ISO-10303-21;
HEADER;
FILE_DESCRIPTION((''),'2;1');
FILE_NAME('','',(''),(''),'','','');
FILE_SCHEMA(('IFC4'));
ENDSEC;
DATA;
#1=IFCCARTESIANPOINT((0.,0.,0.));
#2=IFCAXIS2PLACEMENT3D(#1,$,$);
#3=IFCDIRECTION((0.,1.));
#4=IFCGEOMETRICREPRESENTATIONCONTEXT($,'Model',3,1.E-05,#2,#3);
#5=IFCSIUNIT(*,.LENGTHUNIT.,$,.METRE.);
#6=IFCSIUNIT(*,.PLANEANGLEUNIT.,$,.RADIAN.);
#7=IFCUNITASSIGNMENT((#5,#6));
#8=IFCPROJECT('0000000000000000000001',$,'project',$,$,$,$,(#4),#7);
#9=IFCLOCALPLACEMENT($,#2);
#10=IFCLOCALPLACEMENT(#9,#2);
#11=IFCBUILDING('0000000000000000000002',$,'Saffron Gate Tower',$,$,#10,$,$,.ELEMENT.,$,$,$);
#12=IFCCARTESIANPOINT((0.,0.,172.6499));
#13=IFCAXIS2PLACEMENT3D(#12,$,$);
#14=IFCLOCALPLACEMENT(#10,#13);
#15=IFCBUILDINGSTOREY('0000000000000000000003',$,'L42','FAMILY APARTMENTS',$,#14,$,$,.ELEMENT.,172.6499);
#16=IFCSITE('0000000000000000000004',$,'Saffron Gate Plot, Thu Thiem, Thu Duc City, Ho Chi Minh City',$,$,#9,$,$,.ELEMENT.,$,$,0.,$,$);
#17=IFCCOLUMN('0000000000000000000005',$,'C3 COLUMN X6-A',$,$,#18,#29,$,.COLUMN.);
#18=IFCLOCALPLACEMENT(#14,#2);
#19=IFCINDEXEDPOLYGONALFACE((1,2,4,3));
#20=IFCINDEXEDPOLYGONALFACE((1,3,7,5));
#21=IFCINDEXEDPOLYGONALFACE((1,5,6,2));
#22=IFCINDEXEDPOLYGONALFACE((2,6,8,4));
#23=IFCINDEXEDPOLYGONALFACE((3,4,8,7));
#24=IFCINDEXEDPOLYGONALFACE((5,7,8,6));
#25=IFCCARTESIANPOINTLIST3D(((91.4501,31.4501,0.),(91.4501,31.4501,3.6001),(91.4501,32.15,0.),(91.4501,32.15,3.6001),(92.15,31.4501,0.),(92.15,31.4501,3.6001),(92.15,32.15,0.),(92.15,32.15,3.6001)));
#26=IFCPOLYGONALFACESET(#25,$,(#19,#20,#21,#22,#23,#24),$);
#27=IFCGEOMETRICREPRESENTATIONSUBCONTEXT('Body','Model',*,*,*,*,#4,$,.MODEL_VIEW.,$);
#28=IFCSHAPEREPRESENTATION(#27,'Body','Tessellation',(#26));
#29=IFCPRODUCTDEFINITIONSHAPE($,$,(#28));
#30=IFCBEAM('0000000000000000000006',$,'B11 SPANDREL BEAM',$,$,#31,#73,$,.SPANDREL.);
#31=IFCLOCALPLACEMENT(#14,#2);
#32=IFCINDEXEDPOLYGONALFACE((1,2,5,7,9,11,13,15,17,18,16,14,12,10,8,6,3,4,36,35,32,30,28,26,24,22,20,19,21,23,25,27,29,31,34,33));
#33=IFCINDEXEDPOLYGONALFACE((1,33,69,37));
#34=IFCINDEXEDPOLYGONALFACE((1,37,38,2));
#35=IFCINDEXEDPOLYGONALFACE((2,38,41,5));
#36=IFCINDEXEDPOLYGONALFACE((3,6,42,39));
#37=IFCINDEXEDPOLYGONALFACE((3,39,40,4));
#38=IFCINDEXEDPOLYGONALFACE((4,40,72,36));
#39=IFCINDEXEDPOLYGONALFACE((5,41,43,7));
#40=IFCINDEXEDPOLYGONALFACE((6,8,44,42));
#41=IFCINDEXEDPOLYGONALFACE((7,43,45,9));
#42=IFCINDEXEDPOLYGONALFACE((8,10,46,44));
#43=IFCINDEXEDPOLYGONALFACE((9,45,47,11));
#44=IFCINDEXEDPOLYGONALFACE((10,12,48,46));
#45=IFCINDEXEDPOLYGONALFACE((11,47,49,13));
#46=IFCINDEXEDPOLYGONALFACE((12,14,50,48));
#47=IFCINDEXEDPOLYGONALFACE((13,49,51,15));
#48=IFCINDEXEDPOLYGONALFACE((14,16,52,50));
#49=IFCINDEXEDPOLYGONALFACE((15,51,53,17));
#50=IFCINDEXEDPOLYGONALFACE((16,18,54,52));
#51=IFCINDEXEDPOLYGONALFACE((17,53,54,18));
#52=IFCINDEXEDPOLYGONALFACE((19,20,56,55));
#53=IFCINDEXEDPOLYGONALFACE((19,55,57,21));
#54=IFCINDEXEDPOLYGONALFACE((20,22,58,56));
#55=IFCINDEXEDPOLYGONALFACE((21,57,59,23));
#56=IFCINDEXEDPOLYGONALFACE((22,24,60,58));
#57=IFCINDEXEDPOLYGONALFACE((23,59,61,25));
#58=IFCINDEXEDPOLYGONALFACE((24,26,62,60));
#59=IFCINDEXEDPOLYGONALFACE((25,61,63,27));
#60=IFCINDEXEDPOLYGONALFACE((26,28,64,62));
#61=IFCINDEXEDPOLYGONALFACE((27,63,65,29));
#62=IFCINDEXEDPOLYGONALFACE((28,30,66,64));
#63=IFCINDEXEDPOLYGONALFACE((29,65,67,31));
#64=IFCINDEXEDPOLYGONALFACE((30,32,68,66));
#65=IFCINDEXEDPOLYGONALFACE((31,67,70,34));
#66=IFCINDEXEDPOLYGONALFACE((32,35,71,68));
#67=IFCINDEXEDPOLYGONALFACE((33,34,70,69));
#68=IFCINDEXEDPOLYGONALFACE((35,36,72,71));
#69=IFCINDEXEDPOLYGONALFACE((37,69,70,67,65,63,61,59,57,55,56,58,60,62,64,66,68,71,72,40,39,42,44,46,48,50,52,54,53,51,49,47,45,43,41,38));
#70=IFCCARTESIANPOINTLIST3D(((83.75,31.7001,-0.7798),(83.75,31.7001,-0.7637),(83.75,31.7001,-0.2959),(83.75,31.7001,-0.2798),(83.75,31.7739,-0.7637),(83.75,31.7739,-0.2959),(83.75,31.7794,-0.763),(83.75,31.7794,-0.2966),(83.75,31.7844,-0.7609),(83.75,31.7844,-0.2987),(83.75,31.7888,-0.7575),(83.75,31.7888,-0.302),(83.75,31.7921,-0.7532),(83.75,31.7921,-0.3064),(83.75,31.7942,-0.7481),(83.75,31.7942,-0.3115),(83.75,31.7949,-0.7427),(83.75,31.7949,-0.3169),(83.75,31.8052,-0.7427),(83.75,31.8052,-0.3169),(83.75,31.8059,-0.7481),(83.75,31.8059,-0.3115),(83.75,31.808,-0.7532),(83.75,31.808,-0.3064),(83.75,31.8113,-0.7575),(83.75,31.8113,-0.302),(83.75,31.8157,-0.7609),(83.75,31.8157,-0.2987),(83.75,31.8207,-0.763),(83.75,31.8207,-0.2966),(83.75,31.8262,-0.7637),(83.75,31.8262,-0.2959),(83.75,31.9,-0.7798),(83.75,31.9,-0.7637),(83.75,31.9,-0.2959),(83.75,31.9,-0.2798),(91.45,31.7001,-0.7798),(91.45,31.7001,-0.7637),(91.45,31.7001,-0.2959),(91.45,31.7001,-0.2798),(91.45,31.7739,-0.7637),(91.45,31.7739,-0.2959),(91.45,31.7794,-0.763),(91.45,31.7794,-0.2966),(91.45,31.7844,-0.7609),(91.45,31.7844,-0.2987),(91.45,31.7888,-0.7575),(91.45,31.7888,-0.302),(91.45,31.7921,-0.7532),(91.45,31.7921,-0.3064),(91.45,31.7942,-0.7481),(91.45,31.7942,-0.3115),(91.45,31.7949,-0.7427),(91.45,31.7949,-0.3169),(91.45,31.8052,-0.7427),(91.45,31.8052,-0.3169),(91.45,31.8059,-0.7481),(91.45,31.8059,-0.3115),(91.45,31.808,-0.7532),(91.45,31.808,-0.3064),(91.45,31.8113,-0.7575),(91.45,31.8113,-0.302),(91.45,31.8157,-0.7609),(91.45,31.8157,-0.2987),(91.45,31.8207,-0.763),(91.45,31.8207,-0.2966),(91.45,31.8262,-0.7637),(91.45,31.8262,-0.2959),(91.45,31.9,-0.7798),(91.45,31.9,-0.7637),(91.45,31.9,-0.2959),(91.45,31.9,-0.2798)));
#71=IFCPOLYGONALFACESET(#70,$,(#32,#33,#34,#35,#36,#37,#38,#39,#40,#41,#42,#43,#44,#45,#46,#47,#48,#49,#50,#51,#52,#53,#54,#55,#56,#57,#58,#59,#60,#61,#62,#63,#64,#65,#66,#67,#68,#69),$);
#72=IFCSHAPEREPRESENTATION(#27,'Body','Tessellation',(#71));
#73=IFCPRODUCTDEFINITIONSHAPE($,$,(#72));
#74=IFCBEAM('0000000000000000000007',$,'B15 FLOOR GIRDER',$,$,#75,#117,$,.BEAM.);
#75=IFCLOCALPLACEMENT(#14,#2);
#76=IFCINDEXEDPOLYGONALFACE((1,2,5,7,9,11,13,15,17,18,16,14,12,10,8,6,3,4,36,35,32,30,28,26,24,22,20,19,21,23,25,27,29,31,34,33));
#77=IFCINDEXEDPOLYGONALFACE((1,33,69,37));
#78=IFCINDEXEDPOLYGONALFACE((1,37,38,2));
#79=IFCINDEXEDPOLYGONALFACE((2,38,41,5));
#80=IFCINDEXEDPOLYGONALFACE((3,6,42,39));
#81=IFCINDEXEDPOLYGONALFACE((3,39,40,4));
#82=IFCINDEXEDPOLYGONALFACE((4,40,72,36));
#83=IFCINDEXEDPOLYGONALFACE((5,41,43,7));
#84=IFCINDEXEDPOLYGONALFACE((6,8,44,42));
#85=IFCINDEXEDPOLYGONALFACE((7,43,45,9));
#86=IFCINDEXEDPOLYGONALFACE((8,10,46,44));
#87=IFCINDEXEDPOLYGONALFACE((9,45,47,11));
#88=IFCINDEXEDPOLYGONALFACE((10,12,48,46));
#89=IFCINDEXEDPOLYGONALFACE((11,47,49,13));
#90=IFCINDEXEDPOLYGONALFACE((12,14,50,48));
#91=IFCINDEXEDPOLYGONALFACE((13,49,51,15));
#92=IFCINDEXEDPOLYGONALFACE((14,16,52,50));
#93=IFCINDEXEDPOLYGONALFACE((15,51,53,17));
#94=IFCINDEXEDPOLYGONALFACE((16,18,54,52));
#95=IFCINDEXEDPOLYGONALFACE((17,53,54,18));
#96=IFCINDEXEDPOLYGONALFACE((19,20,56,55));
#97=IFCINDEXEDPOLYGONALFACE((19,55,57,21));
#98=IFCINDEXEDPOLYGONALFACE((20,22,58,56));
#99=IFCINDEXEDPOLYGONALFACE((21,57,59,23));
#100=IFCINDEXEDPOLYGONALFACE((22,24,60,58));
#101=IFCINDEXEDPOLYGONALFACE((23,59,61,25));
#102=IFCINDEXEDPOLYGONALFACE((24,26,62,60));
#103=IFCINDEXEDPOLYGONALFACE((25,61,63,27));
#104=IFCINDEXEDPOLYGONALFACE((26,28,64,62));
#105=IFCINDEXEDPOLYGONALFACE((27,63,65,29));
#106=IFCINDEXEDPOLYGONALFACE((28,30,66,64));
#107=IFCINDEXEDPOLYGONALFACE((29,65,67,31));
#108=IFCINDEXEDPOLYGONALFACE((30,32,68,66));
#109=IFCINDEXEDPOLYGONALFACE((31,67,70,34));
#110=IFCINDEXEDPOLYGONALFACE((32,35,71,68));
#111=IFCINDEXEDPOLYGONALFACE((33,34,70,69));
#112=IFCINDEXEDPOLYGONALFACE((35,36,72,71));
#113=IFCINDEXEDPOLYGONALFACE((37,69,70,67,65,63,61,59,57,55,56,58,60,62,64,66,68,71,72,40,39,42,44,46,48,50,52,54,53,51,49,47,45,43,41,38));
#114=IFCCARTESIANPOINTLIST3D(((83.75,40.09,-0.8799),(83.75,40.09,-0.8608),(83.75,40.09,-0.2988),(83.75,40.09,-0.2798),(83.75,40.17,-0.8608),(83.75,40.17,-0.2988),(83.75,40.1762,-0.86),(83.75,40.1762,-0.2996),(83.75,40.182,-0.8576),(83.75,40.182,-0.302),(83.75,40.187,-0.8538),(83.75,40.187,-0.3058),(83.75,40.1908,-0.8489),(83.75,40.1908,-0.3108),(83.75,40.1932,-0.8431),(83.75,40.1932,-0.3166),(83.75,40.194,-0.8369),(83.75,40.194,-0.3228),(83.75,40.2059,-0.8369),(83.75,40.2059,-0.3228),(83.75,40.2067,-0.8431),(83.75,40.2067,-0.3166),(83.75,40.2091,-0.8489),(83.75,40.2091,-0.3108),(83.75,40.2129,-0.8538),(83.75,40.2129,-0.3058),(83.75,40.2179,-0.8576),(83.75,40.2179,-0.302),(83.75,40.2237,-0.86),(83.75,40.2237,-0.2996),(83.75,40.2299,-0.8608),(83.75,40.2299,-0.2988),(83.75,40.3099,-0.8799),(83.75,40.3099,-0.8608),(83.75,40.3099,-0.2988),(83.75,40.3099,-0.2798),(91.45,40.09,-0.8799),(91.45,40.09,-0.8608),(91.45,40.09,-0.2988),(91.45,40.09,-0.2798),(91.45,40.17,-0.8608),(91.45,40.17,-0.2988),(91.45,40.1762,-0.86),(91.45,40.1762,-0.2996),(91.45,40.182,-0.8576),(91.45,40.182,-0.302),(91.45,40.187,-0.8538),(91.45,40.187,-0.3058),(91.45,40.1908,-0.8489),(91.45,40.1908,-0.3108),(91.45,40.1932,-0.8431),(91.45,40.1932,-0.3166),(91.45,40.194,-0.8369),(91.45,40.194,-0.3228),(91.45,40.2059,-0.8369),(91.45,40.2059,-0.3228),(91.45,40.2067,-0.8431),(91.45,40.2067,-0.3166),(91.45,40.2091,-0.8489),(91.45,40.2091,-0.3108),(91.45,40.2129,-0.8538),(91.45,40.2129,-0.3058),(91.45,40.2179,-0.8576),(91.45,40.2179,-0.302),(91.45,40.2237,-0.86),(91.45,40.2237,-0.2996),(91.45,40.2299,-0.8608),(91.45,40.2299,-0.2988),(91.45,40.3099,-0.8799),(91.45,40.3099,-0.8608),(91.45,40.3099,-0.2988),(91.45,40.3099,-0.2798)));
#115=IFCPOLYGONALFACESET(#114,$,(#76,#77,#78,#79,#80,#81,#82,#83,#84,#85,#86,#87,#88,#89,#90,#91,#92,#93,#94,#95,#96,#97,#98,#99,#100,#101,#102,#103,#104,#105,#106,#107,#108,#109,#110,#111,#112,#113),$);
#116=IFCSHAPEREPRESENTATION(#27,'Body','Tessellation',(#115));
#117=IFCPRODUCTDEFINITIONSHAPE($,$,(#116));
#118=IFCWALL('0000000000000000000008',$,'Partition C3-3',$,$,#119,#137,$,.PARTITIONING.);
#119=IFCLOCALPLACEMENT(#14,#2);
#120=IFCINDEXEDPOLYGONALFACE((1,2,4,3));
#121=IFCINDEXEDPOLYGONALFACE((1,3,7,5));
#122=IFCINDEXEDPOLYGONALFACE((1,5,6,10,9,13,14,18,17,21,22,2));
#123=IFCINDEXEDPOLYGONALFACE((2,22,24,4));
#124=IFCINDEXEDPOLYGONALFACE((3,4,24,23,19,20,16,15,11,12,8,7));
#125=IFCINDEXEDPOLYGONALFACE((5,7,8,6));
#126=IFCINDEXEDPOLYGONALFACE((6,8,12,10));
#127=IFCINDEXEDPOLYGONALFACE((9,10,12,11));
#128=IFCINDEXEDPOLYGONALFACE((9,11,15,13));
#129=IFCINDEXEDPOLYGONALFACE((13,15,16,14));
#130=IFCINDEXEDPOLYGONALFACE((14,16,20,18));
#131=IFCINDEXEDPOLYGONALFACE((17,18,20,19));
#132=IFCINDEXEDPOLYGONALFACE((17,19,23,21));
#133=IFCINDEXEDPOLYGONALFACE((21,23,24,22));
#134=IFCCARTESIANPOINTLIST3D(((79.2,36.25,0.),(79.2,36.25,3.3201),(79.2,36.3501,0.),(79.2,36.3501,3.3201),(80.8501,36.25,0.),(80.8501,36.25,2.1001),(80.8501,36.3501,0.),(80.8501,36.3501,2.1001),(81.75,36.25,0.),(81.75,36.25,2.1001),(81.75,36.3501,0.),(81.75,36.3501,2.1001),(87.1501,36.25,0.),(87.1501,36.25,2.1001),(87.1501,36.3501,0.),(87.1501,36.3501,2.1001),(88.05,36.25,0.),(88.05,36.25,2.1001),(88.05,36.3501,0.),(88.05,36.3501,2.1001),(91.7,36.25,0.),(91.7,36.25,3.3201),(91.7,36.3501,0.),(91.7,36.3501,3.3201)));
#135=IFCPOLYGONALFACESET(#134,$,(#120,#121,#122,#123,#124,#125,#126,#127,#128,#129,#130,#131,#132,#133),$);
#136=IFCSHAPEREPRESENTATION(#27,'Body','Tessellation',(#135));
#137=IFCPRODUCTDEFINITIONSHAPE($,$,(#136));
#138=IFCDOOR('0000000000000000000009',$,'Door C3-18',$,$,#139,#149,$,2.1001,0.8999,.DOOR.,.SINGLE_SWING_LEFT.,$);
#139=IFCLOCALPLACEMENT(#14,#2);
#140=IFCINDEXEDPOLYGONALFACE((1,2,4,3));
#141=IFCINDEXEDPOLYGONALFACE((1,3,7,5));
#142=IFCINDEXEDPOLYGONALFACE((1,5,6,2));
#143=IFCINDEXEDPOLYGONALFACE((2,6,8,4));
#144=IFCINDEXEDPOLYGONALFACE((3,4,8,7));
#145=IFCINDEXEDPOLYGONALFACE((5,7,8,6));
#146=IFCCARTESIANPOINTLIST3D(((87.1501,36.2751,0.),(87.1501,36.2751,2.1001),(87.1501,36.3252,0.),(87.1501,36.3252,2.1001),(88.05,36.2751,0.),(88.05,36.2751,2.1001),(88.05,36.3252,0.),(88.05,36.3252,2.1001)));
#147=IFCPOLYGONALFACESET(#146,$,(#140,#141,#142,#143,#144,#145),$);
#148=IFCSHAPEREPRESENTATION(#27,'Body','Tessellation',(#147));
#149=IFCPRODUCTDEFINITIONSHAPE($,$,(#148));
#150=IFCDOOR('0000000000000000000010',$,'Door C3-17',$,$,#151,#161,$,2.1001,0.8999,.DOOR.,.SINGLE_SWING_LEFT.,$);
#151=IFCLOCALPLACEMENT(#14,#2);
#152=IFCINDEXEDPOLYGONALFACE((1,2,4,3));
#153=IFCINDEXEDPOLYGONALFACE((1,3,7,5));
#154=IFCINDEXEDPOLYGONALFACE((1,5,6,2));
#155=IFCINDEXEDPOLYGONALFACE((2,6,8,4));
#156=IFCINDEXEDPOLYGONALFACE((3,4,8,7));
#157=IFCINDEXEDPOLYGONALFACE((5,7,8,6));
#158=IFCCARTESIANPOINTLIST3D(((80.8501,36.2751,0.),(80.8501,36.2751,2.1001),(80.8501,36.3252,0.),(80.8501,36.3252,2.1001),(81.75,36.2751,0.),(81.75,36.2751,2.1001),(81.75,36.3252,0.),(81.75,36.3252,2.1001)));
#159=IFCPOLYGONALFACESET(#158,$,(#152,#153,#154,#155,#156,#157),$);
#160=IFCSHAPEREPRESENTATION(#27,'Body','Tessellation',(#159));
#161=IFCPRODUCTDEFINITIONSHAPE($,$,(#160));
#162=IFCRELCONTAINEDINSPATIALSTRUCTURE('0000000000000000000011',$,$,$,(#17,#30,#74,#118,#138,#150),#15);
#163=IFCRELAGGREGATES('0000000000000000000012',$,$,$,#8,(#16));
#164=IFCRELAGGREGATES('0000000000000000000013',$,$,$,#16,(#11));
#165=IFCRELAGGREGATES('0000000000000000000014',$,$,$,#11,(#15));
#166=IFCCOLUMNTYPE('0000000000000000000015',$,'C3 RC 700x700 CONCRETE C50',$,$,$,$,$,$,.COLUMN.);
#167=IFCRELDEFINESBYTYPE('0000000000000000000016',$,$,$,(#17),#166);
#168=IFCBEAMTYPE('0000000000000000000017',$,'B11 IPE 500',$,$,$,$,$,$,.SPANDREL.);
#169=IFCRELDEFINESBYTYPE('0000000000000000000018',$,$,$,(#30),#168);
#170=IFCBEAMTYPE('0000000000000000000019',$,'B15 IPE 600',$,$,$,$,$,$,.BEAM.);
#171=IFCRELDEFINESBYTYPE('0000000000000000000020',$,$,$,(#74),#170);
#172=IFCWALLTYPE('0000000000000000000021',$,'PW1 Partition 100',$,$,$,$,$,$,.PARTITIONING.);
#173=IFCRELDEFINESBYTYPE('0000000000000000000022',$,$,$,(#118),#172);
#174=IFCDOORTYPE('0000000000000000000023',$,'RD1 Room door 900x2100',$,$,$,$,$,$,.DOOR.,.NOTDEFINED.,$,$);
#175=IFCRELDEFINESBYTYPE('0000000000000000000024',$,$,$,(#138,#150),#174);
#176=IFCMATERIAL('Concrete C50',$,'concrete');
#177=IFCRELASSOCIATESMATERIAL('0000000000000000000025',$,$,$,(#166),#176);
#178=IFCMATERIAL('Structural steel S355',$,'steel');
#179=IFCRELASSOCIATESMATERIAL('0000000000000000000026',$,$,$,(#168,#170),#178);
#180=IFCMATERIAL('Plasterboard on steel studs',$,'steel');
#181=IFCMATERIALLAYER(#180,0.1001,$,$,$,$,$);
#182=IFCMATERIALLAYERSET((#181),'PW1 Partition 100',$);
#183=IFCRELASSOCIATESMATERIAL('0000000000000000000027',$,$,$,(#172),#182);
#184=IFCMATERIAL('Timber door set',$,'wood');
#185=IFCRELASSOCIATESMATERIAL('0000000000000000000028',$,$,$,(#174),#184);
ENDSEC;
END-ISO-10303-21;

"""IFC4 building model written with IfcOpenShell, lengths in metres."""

from ifc_helpers import new_model, si_unit, direction, frame, frame_2d, origin, origin_2d, place, context, subcontext, project, spatial, rectangle, i_section, extrude, material, layer, layer_set, material_profile, profile_set, type_object, element, fill, save


model = new_model("IFC4")

# Units and contexts
model_context = context("Model", 3, precision=1e-05, world=origin(), true_north=direction((0.0, 1.0)))
body_context = subcontext(model_context, "Body", "Model", "MODEL_VIEW")
ifc_project = project(units=[si_unit("LENGTHUNIT", "METRE"), si_unit("PLANEANGLEUNIT", "RADIAN")], contexts=[model_context])

# Site, building, storey
site_placement = place(None, origin())
site = spatial("IfcSite", under=ifc_project, at=site_placement, Name="Saffron Gate Plot, Thu Thiem, Thu Duc City, Ho Chi Minh City", CompositionType="ELEMENT", RefElevation=0.0)
building_placement = place(site_placement, origin())
building = spatial("IfcBuilding", under=site, at=building_placement, Name="Saffron Gate Tower", CompositionType="ELEMENT")
storey_placement = place(building_placement, frame((0.0, 0.0, 172.6499)))
storey = spatial("IfcBuildingStorey", under=building, at=storey_placement, Name="L42", Description="FAMILY APARTMENTS", CompositionType="ELEMENT", Elevation=172.6499)

# Column
ifc_material_1 = material(Name="Concrete C50", Category="concrete")
ifc_material_profile_1 = material_profile(ifc_material_1, rectangle(XDim=0.7, YDim=0.7, at=origin_2d()))
ifc_profile_set_1 = profile_set([ifc_material_profile_1], Name="Concrete C50")
column_type = type_object("IfcColumnType", Name="C3 RC 700x700 CONCRETE C50", PredefinedType="COLUMN", material=ifc_profile_set_1)
column_placement = place(storey_placement, frame((91.8, 31.8, 0.0), z_axis=(0.0, 0.0, 1.0), x_axis=(1.0, 0.0, 0.0)))
element("IfcColumn", 1, at=column_placement, inside=storey, type_object=column_type, Name="C3 COLUMN X6-A", PredefinedType="COLUMN", context=body_context, shape_type="SweptSolid", body=[
    extrude(rectangle(XDim=0.7, YDim=0.7, at=origin_2d()), origin(), (0.0, 0.0, 1.0), 3.6001),
])

# Beams
ifc_material_2 = material(Name="Structural steel S355", Category="steel")
ifc_material_profile_2 = material_profile(ifc_material_2, i_section(OverallWidth=0.2, OverallDepth=0.5, WebThickness=0.0103, FlangeThickness=0.0161, FilletRadius=0.021, at=origin_2d()))
ifc_profile_set_2 = profile_set([ifc_material_profile_2], Name="Structural steel S355")
beam_type_1 = type_object("IfcBeamType", Name="B11 IPE 500", PredefinedType="SPANDREL", material=ifc_profile_set_2)
beam_1_placement = place(storey_placement, frame((83.75, 31.8, -0.5298), z_axis=(1.0, 0.0, 0.0), x_axis=(0.0, 1.0, 0.0)))
element("IfcBeam", 2, at=beam_1_placement, inside=storey, type_object=beam_type_1, Name="B11 SPANDREL BEAM", PredefinedType="SPANDREL", context=body_context, shape_type="SweptSolid", body=[
    extrude(i_section(OverallWidth=0.2, OverallDepth=0.5, WebThickness=0.0103, FlangeThickness=0.0161, FilletRadius=0.021, at=origin_2d()), origin(), (0.0, 0.0, 1.0), 7.7),
])
ifc_material_profile_3 = material_profile(ifc_material_2, i_section(OverallWidth=0.22, OverallDepth=0.6001, WebThickness=0.012, FlangeThickness=0.019, FilletRadius=0.0239, at=origin_2d()))
ifc_profile_set_3 = profile_set([ifc_material_profile_3], Name="Structural steel S355")
beam_type_2 = type_object("IfcBeamType", Name="B15 IPE 600", PredefinedType="BEAM", material=ifc_profile_set_3)
beam_2_placement = place(storey_placement, frame((83.75, 40.2, -0.5798), z_axis=(1.0, 0.0, 0.0), x_axis=(0.0, 1.0, 0.0)))
element("IfcBeam", 3, at=beam_2_placement, inside=storey, type_object=beam_type_2, Name="B15 FLOOR GIRDER", PredefinedType="BEAM", context=body_context, shape_type="SweptSolid", body=[
    extrude(i_section(OverallWidth=0.22, OverallDepth=0.6001, WebThickness=0.012, FlangeThickness=0.019, FilletRadius=0.0239, at=origin_2d()), origin(), (0.0, 0.0, 1.0), 7.7),
])

# Wall, openings, doors
ifc_material_3 = material(Name="Plasterboard on steel studs", Category="steel")
ifc_layer_1 = layer(ifc_material_3, 0.1001)
ifc_layer_set_1 = layer_set([ifc_layer_1], Name="PW1 Partition 100")
wall_type_1 = type_object("IfcWallType", Name="PW1 Partition 100", PredefinedType="PARTITIONING", material=ifc_layer_set_1)
wall_1_placement = place(storey_placement, frame((91.7, 36.3, 0.0), z_axis=(0.0, 0.0, 1.0), x_axis=(-1.0, 0.0, 0.0)))
wall_1 = element("IfcWall", 4, at=wall_1_placement, inside=storey, type_object=wall_type_1, Name="Partition C3-3", PredefinedType="PARTITIONING", context=body_context, shape_type="SweptSolid", body=[
    extrude(rectangle(XDim=12.5, YDim=0.1001, at=frame_2d((6.25, 0.0))), origin(), (0.0, 0.0, 1.0), 3.3201),
])
opening_1_placement = place(wall_1_placement, frame((3.6499, 0.0, 0.0)))
opening_1 = element("IfcOpeningElement", 5, at=opening_1_placement, cuts=wall_1, PredefinedType="OPENING", context=body_context, shape_type="SweptSolid", body=[
    extrude(rectangle(XDim=0.8999, YDim=2.1001, at=frame_2d((0.45, 1.05))), frame((0.0, 0.0601, 0.0), z_axis=(0.0, -1.0, 0.0), x_axis=(1.0, 0.0, 0.0)), (0.0, 0.0, 1.0), 0.1201),
])
opening_2_placement = place(wall_1_placement, frame((9.95, 0.0, 0.0)))
opening_2 = element("IfcOpeningElement", 6, at=opening_2_placement, cuts=wall_1, PredefinedType="OPENING", context=body_context, shape_type="SweptSolid", body=[
    extrude(rectangle(XDim=0.8999, YDim=2.1001, at=frame_2d((0.45, 1.05))), frame((0.0, 0.0601, 0.0), z_axis=(0.0, -1.0, 0.0), x_axis=(1.0, 0.0, 0.0)), (0.0, 0.0, 1.0), 0.1201),
])
ifc_material_4 = material(Name="Timber door set", Category="wood")
door_type_1 = type_object("IfcDoorType", Name="RD1 Room door 900x2100", OperationType="NOTDEFINED", PredefinedType="DOOR", material=ifc_material_4)
door_1_placement = place(opening_1_placement, origin())
door_1 = element("IfcDoor", 7, at=door_1_placement, inside=storey, type_object=door_type_1, Name="Door C3-18", OperationType="SINGLE_SWING_LEFT", OverallHeight=2.1001, OverallWidth=0.8999, PredefinedType="DOOR", context=body_context, shape_type="SweptSolid", body=[
    extrude(rectangle(XDim=0.8999, YDim=2.1001, at=frame_2d((0.45, 1.05))), frame((0.0, 0.0249, 0.0), z_axis=(0.0, -1.0, 0.0), x_axis=(1.0, 0.0, 0.0)), (0.0, 0.0, 1.0), 0.05),
])
fill(opening_1, door_1)
door_2_placement = place(opening_2_placement, origin())
door_2 = element("IfcDoor", 8, at=door_2_placement, inside=storey, type_object=door_type_1, Name="Door C3-17", OperationType="SINGLE_SWING_LEFT", OverallHeight=2.1001, OverallWidth=0.8999, PredefinedType="DOOR", context=body_context, shape_type="SweptSolid", body=[
    extrude(rectangle(XDim=0.8999, YDim=2.1001, at=frame_2d((0.45, 1.05))), frame((0.0, 0.0249, 0.0), z_axis=(0.0, -1.0, 0.0), x_axis=(1.0, 0.0, 0.0)), (0.0, 0.0, 1.0), 0.05),
])
fill(opening_2, door_2)

save(model, "model.ifc")
